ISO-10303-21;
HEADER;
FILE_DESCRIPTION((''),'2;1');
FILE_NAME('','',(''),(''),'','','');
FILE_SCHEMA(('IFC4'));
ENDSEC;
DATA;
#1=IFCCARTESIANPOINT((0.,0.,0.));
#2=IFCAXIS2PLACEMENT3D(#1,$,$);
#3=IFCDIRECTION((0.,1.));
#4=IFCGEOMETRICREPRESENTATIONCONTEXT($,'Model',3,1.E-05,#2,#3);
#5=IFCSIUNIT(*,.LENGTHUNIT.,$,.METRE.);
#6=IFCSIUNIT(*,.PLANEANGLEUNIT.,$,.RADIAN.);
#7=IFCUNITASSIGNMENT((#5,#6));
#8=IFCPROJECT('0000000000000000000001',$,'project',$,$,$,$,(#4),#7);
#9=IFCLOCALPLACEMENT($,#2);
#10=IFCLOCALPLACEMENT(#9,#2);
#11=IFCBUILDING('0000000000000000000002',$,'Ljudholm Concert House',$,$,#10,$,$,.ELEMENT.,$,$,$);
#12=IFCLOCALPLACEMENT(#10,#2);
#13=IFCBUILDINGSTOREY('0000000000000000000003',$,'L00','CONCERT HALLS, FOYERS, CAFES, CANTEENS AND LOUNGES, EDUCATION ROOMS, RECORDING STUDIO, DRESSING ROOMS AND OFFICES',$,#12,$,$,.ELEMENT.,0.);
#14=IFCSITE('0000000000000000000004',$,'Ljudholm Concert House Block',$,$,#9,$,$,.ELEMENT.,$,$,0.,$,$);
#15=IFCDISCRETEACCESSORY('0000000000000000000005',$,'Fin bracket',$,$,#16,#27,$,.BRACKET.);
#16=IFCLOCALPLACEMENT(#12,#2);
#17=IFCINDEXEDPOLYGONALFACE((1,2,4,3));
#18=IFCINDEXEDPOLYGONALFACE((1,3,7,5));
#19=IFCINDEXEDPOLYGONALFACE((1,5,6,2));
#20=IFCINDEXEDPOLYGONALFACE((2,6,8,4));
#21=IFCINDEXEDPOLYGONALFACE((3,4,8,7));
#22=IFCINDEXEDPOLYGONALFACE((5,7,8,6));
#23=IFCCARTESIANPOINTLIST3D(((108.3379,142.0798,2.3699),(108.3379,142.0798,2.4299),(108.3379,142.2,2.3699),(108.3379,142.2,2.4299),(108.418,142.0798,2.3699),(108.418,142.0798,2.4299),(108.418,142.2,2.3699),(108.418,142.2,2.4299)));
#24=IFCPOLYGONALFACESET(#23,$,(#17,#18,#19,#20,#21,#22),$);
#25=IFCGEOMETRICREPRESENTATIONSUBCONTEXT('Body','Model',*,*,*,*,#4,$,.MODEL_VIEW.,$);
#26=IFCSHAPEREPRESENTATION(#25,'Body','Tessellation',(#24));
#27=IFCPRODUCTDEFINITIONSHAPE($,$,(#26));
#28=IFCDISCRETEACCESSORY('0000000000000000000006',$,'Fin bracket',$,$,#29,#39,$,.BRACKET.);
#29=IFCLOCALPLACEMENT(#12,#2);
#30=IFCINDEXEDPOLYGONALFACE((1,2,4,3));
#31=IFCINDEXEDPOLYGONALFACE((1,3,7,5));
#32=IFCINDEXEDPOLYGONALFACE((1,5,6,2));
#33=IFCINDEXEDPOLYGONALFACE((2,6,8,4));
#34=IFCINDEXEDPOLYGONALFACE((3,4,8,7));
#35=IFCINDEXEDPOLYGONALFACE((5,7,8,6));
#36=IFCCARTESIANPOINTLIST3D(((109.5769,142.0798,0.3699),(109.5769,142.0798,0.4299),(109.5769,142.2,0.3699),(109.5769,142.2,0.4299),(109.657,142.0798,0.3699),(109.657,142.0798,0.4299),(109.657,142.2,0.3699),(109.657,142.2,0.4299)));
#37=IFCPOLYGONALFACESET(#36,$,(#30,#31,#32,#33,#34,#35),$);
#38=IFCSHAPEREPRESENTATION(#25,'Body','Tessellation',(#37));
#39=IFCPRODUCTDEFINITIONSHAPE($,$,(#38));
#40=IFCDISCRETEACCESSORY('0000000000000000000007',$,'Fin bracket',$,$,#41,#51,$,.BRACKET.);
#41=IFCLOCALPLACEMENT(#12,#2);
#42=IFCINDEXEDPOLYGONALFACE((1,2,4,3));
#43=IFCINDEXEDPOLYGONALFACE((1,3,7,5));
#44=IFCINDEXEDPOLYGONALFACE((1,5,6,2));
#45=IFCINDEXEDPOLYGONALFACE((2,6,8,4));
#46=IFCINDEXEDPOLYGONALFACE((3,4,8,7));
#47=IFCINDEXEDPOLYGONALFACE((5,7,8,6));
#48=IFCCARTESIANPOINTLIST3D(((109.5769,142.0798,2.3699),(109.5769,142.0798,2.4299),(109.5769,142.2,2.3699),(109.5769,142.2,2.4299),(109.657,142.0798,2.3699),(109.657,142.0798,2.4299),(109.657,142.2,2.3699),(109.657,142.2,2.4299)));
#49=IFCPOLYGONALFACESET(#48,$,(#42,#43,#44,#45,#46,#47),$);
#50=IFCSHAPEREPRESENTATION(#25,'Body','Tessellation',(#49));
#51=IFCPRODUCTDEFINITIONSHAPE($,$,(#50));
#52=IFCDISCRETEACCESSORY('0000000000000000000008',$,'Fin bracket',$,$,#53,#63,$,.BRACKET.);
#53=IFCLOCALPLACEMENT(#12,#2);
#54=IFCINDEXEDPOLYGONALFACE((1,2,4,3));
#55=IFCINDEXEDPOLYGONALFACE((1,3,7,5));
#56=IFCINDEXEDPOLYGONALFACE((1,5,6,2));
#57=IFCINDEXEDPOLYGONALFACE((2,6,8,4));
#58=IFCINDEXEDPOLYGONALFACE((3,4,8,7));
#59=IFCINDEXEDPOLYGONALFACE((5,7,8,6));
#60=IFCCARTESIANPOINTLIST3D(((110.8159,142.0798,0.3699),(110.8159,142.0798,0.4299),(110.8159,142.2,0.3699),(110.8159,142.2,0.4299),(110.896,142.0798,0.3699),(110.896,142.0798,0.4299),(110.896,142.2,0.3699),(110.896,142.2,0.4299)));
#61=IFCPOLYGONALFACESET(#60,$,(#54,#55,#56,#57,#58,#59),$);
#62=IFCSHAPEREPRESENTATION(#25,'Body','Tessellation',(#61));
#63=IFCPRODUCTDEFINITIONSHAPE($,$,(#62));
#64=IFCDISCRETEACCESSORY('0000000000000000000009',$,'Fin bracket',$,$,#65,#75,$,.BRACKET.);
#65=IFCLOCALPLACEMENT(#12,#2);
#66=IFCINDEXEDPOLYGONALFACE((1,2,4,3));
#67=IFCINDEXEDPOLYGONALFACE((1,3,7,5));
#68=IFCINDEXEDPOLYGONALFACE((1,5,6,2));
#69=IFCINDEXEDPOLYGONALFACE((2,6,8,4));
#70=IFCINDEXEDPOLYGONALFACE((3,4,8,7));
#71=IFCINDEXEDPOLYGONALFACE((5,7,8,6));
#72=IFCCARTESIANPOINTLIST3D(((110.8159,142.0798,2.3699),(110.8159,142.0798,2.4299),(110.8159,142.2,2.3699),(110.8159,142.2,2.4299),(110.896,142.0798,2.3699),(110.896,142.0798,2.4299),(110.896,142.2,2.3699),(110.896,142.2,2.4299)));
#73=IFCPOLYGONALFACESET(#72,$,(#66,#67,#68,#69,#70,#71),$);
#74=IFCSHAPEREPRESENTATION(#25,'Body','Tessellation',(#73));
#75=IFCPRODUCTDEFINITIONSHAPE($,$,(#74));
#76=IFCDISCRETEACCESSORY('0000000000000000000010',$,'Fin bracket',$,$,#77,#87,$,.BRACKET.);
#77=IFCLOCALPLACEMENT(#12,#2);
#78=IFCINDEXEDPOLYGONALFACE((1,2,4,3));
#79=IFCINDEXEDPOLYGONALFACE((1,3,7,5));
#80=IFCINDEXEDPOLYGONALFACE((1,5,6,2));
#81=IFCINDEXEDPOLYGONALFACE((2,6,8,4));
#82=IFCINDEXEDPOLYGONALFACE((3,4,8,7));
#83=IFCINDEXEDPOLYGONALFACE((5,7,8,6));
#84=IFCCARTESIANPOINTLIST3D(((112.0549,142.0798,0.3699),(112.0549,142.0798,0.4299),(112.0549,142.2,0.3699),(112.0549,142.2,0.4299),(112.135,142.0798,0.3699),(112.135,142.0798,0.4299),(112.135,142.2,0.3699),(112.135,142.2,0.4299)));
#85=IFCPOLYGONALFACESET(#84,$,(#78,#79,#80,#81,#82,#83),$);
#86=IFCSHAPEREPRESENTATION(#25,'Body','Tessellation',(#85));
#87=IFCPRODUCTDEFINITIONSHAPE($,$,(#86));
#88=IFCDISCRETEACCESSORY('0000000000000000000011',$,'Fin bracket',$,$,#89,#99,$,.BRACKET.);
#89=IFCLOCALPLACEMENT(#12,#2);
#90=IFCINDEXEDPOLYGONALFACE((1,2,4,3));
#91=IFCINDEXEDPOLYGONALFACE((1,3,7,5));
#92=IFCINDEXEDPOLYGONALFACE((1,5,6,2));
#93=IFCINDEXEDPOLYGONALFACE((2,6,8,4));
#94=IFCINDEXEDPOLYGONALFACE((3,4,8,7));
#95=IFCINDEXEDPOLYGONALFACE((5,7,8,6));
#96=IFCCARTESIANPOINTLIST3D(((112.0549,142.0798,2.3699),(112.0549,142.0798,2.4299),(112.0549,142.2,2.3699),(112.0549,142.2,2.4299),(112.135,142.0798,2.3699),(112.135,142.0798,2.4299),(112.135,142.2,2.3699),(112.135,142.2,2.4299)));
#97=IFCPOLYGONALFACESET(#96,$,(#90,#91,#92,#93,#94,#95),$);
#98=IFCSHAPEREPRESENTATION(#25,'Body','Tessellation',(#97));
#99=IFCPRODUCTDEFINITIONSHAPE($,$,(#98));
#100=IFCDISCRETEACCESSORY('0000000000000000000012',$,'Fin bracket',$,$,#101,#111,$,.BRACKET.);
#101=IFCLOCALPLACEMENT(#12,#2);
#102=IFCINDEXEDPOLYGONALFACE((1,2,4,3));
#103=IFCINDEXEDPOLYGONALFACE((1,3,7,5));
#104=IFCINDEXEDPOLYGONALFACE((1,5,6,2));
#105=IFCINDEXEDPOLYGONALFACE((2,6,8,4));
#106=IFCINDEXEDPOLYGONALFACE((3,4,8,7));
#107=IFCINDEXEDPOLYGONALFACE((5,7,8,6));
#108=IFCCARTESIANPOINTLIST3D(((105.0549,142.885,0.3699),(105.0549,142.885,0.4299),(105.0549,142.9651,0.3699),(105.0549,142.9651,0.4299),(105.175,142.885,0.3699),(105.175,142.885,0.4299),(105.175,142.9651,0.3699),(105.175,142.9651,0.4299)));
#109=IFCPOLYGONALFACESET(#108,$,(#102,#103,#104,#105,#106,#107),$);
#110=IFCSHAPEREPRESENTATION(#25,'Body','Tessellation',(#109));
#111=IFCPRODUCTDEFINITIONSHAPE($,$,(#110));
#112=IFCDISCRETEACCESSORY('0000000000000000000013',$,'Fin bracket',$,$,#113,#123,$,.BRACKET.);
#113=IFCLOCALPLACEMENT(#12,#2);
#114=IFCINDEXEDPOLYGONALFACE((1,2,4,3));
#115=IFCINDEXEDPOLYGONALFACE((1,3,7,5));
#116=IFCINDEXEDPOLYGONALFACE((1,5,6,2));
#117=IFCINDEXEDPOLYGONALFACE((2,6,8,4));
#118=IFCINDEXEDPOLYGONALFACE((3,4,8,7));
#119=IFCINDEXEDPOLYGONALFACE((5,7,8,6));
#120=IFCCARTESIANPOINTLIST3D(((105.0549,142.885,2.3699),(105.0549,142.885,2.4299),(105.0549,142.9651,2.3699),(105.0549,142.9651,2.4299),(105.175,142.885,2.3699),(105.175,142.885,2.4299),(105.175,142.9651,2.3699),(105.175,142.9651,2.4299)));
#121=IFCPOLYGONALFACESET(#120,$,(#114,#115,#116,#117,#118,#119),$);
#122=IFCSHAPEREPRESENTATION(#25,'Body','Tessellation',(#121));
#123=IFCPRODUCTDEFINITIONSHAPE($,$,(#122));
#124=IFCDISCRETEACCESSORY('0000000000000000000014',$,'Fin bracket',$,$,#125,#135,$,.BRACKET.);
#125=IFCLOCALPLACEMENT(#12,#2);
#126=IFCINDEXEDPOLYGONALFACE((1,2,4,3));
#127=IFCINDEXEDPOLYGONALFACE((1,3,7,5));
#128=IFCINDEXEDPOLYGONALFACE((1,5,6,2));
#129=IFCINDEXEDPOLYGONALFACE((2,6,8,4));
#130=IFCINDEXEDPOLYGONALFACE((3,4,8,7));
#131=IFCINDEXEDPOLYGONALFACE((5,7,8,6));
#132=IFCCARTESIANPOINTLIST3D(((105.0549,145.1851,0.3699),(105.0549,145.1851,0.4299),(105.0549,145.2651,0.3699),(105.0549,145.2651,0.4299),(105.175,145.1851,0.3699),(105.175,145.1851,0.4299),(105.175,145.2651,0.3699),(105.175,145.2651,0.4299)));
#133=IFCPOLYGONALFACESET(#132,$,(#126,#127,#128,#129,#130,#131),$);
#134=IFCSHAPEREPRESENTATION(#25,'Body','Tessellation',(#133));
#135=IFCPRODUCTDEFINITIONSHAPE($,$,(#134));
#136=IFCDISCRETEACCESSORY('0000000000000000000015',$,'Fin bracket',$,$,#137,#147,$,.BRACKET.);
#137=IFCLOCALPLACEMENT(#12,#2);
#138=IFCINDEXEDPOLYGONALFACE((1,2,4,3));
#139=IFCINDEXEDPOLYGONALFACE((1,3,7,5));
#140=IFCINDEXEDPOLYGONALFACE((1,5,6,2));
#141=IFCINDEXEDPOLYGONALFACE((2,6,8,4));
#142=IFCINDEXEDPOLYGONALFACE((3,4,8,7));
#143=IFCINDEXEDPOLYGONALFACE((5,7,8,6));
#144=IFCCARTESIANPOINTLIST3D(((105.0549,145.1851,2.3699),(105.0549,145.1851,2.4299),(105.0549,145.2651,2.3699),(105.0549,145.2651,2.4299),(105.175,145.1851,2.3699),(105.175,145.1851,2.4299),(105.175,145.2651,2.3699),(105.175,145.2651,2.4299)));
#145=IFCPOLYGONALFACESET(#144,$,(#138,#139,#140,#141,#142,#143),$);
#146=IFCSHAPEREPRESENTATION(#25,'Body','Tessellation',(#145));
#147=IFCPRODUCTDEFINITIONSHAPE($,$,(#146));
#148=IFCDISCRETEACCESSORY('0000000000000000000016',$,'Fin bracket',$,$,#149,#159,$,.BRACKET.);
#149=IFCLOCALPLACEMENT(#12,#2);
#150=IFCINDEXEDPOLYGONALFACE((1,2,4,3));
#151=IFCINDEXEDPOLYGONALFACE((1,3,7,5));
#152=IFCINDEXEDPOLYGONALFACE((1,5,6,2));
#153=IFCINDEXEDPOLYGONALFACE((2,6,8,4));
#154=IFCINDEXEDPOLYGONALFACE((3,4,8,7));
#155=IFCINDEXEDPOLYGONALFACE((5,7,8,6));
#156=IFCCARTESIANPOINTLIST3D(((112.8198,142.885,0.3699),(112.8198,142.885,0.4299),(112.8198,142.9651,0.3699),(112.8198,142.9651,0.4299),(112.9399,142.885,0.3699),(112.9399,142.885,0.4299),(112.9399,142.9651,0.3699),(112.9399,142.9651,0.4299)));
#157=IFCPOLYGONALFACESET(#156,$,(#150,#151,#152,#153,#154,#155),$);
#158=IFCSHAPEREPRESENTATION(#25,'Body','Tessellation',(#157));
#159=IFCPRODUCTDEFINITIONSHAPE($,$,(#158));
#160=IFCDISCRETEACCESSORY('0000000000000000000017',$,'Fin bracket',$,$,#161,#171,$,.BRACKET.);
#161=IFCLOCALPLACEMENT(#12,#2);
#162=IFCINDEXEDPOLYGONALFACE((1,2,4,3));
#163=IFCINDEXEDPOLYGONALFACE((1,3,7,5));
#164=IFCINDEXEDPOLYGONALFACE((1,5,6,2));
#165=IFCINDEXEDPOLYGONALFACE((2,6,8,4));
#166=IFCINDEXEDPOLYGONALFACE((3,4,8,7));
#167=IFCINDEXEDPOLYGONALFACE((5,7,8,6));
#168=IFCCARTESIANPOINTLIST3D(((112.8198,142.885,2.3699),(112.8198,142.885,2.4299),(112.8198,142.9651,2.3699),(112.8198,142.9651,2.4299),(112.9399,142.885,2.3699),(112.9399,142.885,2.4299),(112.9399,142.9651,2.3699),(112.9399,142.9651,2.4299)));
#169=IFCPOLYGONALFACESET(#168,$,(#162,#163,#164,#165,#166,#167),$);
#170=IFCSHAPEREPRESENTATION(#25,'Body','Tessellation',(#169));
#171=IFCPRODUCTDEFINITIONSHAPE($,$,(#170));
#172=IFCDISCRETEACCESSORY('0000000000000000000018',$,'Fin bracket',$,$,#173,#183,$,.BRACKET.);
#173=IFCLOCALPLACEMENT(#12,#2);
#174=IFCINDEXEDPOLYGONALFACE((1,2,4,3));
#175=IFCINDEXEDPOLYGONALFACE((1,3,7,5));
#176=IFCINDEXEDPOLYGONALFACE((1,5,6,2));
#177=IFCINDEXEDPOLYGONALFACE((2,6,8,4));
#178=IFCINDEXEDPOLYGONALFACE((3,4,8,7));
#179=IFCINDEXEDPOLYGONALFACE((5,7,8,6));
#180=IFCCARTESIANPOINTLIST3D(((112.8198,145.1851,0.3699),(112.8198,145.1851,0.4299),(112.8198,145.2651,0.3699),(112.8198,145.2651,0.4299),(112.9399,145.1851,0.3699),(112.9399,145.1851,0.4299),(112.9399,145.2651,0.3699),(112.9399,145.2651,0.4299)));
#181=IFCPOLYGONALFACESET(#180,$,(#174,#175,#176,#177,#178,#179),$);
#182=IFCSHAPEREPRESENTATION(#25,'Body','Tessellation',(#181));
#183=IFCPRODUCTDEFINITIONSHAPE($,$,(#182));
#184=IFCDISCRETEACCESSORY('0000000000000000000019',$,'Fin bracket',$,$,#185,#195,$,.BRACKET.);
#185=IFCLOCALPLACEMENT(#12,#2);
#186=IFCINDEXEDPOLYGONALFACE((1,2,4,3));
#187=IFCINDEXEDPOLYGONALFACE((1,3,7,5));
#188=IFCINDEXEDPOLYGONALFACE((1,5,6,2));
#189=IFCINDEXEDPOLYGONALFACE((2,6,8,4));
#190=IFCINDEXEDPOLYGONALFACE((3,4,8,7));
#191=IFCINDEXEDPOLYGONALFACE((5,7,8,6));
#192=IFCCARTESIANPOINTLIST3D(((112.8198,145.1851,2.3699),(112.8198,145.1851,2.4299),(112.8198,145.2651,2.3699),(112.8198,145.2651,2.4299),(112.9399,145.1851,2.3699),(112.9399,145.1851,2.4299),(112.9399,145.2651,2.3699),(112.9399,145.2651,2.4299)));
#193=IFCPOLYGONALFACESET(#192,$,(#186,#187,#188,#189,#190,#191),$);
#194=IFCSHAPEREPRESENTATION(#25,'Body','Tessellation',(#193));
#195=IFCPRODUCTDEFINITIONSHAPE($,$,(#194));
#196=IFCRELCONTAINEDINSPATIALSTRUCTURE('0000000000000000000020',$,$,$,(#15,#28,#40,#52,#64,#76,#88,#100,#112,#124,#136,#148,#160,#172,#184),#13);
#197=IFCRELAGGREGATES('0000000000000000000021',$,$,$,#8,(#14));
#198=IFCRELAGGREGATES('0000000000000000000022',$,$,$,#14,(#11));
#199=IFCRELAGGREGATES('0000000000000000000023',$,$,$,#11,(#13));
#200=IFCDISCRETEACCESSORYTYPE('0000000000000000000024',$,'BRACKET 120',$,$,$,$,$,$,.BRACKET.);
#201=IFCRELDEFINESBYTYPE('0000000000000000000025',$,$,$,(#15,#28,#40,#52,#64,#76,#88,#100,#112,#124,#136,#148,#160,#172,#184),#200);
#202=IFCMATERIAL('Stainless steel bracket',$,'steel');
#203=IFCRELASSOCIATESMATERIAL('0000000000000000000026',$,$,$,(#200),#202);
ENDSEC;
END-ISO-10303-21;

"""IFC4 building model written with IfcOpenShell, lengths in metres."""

from ifc_helpers import new_model, si_unit, direction, frame, origin, origin_2d, place, context, subcontext, project, spatial, rectangle, extrude, material, type_object, element, save


model = new_model("IFC4")

# Units and contexts
model_context = context("Model", 3, precision=1e-05, world=origin(), true_north=direction((0.0, 1.0)))
body_context = subcontext(model_context, "Body", "Model", "MODEL_VIEW")
ifc_project = project(units=[si_unit("LENGTHUNIT", "METRE"), si_unit("PLANEANGLEUNIT", "RADIAN")], contexts=[model_context])

# Site, building, storey
site_placement = place(None, origin())
site = spatial("IfcSite", under=ifc_project, at=site_placement, Name="Ljudholm Concert House Block", CompositionType="ELEMENT", RefElevation=0.0)
building_placement = place(site_placement, origin())
building = spatial("IfcBuilding", under=site, at=building_placement, Name="Ljudholm Concert House", CompositionType="ELEMENT")
storey_placement = place(building_placement, origin())
storey = spatial("IfcBuildingStorey", under=building, at=storey_placement, Name="L00", Description="CONCERT HALLS, FOYERS, CAFES, CANTEENS AND LOUNGES, EDUCATION ROOMS, RECORDING STUDIO, DRESSING ROOMS AND OFFICES", CompositionType="ELEMENT", Elevation=0.0)

# Discrete accessories
ifc_material_1 = material(Name="Stainless steel bracket", Category="steel")
discrete_accessory_type = type_object("IfcDiscreteAccessoryType", Name="BRACKET 120", PredefinedType="BRACKET", material=ifc_material_1)
for number, where, z_axis, x_axis, name in (
    (1, (108.3779, 142.1399, 2.3699), (0.0, 0.0, 1.0), (0.0, -1.0, 0.0), "Fin bracket"),
    (2, (109.6169, 142.1399, 0.3699), (0.0, 0.0, 1.0), (0.0, -1.0, 0.0), "Fin bracket"),
    (3, (109.6169, 142.1399, 2.3699), (0.0, 0.0, 1.0), (0.0, -1.0, 0.0), "Fin bracket"),
    (4, (110.856, 142.1399, 0.3699), (0.0, 0.0, 1.0), (0.0, -1.0, 0.0), "Fin bracket"),
    (5, (110.856, 142.1399, 2.3699), (0.0, 0.0, 1.0), (0.0, -1.0, 0.0), "Fin bracket"),
    (6, (112.095, 142.1399, 0.3699), (0.0, 0.0, 1.0), (0.0, -1.0, 0.0), "Fin bracket"),
    (7, (112.095, 142.1399, 2.3699), (0.0, 0.0, 1.0), (0.0, -1.0, 0.0), "Fin bracket"),
    (8, (105.115, 142.925, 0.3699), (0.0, 0.0, 1.0), (-1.0, 0.0, 0.0), "Fin bracket"),
    (9, (105.115, 142.925, 2.3699), (0.0, 0.0, 1.0), (-1.0, 0.0, 0.0), "Fin bracket"),
    (10, (105.115, 145.2251, 0.3699), (0.0, 0.0, 1.0), (-1.0, 0.0, 0.0), "Fin bracket"),
    (11, (105.115, 145.2251, 2.3699), (0.0, 0.0, 1.0), (-1.0, 0.0, 0.0), "Fin bracket"),
    (12, (112.8799, 142.925, 0.3699), (0.0, 0.0, 1.0), (1.0, 0.0, 0.0), "Fin bracket"),
    (13, (112.8799, 142.925, 2.3699), (0.0, 0.0, 1.0), (1.0, 0.0, 0.0), "Fin bracket"),
    (14, (112.8799, 145.2251, 0.3699), (0.0, 0.0, 1.0), (1.0, 0.0, 0.0), "Fin bracket"),
    (15, (112.8799, 145.2251, 2.3699), (0.0, 0.0, 1.0), (1.0, 0.0, 0.0), "Fin bracket"),
):
    element("IfcDiscreteAccessory", number, at=place(storey_placement, frame(where, z_axis=z_axis, x_axis=x_axis)), inside=storey, type_object=discrete_accessory_type, Name=name, PredefinedType="BRACKET", context=body_context, shape_type="SweptSolid", body=[
        extrude(rectangle(XDim=0.1201, YDim=0.0801, at=origin_2d()), origin(), (0.0, 0.0, 1.0), 0.0601),
    ])

save(model, "model.ifc")
